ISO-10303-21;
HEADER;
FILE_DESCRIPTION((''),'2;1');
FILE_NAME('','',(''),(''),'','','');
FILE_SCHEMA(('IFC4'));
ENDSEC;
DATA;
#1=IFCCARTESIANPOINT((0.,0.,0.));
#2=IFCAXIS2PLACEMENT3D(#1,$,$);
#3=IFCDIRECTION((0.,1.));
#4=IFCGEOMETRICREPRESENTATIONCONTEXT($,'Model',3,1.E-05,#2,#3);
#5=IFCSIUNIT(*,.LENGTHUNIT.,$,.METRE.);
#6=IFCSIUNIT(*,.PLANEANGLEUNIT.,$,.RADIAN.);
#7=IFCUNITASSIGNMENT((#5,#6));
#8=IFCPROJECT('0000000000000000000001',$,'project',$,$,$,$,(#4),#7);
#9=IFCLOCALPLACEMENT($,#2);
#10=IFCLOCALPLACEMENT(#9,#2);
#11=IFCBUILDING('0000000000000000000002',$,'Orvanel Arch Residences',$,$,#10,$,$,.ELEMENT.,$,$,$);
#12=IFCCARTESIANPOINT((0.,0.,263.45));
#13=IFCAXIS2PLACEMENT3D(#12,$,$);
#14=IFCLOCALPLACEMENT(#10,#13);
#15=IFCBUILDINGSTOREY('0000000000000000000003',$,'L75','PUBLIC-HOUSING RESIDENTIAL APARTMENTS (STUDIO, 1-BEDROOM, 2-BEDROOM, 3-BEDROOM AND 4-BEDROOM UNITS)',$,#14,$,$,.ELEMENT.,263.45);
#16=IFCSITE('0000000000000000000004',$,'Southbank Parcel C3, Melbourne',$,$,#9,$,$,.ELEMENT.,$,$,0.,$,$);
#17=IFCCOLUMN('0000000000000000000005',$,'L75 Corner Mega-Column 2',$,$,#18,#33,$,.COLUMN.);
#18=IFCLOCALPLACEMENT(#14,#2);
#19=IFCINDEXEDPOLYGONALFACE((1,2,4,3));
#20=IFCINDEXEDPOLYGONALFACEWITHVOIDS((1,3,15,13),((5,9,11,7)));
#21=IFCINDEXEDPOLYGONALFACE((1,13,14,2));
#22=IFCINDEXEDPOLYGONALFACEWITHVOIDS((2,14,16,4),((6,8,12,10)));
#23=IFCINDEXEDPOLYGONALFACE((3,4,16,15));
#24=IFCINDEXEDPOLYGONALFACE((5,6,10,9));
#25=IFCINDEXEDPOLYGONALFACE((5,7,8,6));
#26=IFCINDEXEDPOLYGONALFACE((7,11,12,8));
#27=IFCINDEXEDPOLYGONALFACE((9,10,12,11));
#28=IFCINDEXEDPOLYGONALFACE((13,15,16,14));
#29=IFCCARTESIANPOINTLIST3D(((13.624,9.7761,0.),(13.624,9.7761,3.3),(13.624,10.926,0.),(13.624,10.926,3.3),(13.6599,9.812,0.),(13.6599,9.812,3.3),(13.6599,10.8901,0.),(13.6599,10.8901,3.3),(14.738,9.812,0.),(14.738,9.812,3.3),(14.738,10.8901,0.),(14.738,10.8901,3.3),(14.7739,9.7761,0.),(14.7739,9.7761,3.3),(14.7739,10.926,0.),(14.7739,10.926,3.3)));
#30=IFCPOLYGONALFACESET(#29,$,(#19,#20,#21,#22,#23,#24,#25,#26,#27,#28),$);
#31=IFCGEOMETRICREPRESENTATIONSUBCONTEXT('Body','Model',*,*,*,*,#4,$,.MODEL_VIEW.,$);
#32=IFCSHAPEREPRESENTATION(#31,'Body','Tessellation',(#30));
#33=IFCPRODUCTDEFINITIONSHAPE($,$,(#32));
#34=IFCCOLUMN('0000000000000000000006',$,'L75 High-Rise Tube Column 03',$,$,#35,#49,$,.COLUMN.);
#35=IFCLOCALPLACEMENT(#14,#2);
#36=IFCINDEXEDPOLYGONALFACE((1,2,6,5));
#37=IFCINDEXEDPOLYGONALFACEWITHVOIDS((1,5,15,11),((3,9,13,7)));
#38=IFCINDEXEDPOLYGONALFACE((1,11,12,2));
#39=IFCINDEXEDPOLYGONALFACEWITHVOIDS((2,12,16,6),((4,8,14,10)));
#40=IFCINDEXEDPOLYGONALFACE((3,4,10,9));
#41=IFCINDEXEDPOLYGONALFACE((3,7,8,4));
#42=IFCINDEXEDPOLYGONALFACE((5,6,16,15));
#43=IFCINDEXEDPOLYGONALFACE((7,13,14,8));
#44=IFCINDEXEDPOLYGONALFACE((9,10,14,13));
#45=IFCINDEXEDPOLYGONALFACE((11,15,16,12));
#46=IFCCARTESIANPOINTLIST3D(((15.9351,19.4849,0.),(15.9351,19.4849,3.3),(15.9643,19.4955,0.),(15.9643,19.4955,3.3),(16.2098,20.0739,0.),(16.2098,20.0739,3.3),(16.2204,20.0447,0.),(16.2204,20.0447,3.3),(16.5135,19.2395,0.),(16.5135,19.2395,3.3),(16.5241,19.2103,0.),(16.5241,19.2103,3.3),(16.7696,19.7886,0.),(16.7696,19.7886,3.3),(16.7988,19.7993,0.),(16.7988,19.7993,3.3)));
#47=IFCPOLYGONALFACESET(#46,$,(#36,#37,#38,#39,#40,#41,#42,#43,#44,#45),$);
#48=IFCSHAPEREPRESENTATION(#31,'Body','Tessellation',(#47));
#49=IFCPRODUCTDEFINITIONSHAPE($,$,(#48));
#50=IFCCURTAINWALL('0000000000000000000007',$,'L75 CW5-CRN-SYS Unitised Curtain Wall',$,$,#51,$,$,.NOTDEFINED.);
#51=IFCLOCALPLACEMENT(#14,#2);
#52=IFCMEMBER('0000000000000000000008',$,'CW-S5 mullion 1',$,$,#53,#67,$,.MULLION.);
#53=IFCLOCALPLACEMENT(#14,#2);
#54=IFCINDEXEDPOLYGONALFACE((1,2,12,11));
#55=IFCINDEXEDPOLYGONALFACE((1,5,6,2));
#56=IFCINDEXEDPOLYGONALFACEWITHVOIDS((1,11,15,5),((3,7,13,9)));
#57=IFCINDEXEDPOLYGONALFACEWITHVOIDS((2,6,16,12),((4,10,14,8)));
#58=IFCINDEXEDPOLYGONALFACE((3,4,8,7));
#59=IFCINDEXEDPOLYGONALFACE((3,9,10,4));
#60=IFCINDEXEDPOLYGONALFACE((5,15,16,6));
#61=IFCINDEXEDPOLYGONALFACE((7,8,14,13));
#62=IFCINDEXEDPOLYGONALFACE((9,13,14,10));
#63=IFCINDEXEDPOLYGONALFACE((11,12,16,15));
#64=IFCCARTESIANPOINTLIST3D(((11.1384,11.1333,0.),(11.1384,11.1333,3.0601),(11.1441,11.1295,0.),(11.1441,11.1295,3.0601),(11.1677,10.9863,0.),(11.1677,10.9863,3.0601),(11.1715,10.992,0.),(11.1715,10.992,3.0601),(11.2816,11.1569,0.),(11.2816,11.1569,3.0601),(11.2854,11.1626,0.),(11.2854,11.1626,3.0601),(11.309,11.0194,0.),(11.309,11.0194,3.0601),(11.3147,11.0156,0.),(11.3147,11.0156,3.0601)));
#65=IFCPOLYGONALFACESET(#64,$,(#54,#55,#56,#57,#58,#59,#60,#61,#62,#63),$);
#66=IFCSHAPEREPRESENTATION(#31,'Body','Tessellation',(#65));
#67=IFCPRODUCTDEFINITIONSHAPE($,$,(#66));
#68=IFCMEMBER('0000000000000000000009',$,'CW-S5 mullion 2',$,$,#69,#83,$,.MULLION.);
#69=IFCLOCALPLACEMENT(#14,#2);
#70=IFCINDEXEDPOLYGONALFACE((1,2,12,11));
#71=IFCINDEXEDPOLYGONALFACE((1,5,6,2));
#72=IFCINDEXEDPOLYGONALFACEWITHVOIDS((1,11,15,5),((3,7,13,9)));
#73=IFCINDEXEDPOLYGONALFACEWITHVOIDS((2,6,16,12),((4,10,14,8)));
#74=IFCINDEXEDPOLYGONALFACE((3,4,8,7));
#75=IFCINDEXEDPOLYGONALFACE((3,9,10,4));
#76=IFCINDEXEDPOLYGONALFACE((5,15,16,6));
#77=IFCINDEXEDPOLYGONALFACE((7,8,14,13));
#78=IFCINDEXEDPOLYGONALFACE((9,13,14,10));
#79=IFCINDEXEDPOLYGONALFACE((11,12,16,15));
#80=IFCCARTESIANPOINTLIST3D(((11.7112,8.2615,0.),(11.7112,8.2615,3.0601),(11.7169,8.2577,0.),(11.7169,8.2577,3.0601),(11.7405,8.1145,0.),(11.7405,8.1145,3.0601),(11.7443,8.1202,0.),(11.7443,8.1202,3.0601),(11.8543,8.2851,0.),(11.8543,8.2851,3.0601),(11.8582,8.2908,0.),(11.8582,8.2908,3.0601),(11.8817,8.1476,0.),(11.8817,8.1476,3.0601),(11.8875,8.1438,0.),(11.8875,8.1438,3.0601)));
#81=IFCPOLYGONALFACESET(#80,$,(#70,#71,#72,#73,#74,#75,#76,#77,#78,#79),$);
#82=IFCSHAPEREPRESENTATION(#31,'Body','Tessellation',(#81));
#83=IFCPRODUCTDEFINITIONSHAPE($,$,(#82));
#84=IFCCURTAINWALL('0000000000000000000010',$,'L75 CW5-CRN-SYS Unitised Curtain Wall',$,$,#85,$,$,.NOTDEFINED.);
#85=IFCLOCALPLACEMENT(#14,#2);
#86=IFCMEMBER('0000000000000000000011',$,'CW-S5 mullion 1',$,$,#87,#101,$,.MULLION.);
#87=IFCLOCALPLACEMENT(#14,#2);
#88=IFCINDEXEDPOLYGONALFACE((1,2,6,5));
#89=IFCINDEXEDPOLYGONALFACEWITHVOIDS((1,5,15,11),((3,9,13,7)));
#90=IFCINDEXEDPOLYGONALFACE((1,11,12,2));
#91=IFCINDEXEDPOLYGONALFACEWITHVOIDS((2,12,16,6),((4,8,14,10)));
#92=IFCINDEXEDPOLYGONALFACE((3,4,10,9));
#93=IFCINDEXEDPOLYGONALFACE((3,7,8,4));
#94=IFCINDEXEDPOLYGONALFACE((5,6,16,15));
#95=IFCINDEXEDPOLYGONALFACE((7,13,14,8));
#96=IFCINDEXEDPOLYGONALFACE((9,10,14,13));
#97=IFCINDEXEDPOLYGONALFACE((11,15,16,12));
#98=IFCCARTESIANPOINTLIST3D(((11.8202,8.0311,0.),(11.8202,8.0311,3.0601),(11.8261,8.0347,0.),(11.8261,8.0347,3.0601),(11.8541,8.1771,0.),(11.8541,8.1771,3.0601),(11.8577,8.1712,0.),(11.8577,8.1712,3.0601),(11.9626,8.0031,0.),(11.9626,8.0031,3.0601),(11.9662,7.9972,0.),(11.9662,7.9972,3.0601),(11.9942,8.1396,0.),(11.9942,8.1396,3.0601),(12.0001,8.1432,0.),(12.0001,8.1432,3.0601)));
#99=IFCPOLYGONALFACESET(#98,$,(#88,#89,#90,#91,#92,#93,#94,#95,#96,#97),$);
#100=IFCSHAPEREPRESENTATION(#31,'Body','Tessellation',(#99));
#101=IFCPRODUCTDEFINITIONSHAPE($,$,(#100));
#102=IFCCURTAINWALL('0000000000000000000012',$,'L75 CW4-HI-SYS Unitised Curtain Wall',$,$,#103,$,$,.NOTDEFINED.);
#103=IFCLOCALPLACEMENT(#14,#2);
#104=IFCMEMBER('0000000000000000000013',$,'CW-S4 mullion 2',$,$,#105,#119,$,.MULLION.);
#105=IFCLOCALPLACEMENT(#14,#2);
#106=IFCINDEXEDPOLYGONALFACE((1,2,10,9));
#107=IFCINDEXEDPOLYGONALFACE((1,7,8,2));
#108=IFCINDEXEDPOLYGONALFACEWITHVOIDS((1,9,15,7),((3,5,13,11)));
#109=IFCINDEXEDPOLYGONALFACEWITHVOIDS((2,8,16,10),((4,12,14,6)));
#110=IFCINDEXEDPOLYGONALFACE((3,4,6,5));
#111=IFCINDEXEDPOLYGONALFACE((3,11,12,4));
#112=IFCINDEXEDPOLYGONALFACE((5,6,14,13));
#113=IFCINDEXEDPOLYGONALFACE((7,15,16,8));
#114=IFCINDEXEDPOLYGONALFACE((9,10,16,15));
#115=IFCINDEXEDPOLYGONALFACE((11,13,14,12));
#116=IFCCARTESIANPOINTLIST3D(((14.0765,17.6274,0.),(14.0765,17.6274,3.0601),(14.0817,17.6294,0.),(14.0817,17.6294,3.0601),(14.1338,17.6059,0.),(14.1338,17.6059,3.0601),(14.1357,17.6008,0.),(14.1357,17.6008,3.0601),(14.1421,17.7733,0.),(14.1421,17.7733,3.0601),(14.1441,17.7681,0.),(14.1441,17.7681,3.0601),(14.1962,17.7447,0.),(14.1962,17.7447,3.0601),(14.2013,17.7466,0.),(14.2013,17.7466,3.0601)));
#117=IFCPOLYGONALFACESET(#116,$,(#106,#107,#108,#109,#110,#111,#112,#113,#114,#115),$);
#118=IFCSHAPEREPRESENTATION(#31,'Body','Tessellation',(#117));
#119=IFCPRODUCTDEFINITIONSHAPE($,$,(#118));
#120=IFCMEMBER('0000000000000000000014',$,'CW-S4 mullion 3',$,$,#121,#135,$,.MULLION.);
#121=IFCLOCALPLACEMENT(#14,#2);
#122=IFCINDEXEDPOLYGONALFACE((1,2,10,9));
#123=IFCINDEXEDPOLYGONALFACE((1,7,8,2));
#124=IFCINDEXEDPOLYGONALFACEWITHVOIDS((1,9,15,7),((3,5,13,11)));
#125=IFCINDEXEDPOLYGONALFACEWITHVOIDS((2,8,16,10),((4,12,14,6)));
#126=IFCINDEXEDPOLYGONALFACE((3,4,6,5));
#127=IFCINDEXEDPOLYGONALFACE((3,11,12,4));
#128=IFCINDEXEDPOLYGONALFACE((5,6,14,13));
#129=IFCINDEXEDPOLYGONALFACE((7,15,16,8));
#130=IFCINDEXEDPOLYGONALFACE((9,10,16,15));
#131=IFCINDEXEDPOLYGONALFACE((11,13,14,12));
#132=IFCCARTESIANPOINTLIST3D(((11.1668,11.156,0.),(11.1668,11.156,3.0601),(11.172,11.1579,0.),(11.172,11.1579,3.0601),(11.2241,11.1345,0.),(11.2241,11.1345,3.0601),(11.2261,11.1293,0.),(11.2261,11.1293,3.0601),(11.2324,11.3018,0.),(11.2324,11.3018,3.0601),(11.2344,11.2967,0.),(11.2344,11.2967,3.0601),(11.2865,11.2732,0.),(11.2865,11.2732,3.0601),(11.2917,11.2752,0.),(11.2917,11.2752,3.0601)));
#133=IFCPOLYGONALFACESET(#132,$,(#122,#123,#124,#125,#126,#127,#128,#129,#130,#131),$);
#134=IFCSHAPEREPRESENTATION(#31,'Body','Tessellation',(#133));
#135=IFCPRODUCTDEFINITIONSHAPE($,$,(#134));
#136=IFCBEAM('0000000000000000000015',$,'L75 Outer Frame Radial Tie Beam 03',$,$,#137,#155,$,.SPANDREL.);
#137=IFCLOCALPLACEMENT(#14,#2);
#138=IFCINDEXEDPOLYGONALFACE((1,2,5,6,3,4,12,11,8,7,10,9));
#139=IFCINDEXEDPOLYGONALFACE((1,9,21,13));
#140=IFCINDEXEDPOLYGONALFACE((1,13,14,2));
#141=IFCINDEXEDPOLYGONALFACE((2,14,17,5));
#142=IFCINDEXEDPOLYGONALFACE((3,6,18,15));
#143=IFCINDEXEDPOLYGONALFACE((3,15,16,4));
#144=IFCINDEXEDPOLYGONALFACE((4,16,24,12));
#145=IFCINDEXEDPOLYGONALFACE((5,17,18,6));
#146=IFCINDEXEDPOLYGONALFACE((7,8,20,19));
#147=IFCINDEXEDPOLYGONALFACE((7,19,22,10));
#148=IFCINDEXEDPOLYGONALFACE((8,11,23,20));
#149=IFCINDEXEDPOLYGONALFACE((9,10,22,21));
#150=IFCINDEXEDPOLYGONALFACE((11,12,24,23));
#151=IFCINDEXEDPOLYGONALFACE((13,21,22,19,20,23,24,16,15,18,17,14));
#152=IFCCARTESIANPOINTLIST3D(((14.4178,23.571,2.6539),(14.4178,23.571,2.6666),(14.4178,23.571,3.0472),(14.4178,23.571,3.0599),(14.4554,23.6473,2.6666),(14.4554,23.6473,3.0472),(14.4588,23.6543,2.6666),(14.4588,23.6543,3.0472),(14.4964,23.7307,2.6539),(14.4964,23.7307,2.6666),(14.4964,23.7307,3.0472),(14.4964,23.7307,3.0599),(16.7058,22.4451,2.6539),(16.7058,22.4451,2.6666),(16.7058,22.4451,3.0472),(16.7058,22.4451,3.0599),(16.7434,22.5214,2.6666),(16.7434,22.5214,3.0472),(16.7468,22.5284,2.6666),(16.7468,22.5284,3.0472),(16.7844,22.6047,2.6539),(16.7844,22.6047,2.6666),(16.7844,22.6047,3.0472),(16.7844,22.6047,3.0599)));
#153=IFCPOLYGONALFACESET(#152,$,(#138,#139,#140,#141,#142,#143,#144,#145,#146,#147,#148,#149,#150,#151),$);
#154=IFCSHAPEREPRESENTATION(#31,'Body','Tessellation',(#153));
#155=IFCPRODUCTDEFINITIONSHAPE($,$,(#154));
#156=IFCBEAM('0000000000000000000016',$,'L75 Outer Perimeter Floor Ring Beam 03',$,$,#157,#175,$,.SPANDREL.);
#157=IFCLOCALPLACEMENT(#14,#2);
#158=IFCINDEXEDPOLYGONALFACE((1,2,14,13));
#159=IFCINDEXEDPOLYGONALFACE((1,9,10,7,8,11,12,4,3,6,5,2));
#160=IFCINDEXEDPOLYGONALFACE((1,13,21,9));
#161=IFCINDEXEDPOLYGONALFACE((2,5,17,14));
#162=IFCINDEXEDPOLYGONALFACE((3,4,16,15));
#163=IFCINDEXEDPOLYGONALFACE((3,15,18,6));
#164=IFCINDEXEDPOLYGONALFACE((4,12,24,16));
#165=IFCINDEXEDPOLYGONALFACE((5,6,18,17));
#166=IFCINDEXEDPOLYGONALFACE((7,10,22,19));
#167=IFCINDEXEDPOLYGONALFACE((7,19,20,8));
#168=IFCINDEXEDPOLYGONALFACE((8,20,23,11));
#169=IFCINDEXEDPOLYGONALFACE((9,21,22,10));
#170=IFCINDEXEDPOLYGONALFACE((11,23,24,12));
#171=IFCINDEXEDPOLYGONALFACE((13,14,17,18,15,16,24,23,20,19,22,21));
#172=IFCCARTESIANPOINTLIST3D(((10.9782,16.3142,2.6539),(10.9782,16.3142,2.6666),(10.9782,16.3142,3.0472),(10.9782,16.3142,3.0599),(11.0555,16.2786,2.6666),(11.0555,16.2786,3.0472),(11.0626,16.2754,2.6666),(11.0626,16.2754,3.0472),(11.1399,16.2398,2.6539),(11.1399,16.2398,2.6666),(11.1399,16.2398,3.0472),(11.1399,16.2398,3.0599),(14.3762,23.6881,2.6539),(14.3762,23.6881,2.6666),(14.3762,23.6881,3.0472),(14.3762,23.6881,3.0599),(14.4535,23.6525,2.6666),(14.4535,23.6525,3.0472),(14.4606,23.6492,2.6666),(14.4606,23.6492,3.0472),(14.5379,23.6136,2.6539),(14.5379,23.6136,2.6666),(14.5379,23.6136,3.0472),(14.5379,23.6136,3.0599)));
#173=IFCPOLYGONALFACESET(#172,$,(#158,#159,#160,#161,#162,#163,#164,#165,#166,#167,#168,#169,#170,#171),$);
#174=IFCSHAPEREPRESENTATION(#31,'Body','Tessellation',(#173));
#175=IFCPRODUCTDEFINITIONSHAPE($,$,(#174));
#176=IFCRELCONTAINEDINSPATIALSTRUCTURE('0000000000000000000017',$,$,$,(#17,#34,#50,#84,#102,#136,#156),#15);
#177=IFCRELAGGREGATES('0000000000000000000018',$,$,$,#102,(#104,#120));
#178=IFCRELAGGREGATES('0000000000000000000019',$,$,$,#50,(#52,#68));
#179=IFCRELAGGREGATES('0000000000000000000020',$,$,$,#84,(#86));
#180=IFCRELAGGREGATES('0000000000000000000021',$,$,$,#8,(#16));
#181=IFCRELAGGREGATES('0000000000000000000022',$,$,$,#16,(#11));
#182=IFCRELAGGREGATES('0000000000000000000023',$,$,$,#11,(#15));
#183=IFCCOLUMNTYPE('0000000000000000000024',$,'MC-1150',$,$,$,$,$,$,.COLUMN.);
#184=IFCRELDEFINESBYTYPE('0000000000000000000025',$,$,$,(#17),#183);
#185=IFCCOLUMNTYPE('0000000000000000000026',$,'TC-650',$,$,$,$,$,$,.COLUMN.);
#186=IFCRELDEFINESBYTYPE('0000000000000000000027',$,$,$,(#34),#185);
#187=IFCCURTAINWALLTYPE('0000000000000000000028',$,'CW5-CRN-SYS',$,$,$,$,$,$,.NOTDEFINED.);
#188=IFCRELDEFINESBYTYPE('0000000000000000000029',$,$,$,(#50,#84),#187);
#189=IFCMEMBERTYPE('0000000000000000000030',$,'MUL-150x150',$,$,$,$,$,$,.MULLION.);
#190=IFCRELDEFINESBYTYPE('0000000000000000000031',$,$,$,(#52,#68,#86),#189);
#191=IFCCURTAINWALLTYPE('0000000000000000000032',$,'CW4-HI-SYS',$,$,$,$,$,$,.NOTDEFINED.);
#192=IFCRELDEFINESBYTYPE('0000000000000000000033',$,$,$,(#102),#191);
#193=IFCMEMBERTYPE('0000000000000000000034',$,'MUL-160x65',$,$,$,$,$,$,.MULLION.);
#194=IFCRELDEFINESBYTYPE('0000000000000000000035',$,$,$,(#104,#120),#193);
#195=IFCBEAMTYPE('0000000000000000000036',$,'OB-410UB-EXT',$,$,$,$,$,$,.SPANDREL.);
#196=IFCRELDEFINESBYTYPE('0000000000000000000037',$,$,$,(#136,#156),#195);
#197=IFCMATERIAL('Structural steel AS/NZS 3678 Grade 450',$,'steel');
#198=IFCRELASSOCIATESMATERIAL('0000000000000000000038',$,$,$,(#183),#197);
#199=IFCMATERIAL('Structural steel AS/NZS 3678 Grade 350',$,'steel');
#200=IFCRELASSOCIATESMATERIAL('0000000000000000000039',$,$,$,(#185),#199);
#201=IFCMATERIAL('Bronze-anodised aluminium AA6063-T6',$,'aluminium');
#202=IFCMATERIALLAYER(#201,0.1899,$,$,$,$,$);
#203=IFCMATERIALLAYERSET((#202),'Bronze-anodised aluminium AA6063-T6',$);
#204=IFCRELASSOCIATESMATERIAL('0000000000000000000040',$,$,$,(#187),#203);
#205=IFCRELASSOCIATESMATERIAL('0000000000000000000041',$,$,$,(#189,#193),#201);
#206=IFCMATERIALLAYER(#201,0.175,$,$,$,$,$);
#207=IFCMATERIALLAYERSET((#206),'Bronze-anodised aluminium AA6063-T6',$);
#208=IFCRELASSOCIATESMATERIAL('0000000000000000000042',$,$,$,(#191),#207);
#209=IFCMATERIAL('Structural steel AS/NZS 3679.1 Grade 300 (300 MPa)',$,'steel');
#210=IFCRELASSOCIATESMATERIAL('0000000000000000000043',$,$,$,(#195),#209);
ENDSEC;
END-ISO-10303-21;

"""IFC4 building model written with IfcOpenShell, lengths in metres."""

from ifc_helpers import new_model, si_unit, direction, frame, origin, origin_2d, place, context, subcontext, project, spatial, hollow_rectangle, i_section, extrude, material, layer, layer_set, material_profile, profile_set, type_object, element, aggregate, save


model = new_model("IFC4")

# Units and contexts
model_context = context("Model", 3, precision=1e-05, world=origin(), true_north=direction((0.0, 1.0)))
body_context = subcontext(model_context, "Body", "Model", "MODEL_VIEW")
ifc_project = project(units=[si_unit("LENGTHUNIT", "METRE"), si_unit("PLANEANGLEUNIT", "RADIAN")], contexts=[model_context])

# Site, building, storey
site_placement = place(None, origin())
site = spatial("IfcSite", under=ifc_project, at=site_placement, Name="Southbank Parcel C3, Melbourne", CompositionType="ELEMENT", RefElevation=0.0)
building_placement = place(site_placement, origin())
building = spatial("IfcBuilding", under=site, at=building_placement, Name="Orvanel Arch Residences", CompositionType="ELEMENT")
storey_placement = place(building_placement, frame((0.0, 0.0, 263.45)))
storey = spatial("IfcBuildingStorey", under=building, at=storey_placement, Name="L75", Description="PUBLIC-HOUSING RESIDENTIAL APARTMENTS (STUDIO, 1-BEDROOM, 2-BEDROOM, 3-BEDROOM AND 4-BEDROOM UNITS)", CompositionType="ELEMENT", Elevation=263.45)

# Columns
ifc_material_1 = material(Name="Structural steel AS/NZS 3678 Grade 450", Category="steel")
ifc_material_profile_1 = material_profile(ifc_material_1, hollow_rectangle(XDim=1.1499, YDim=1.1499, WallThickness=0.0359, at=origin_2d()), Name="BOX1150x1150x36")
ifc_profile_set_1 = profile_set([ifc_material_profile_1], Name="Structural steel AS/NZS 3678 Grade 450")
column_type_1 = type_object("IfcColumnType", Name="MC-1150", PredefinedType="COLUMN", material=ifc_profile_set_1)
column_1_placement = place(storey_placement, frame((14.199, 10.3511, 0.0), z_axis=(0.0, 0.0, 1.0), x_axis=(1.0, 0.0, 0.0)))
element("IfcColumn", 1, at=column_1_placement, inside=storey, type_object=column_type_1, Name="L75 Corner Mega-Column 2", PredefinedType="COLUMN", context=body_context, shape_type="SweptSolid", body=[
    extrude(hollow_rectangle(XDim=1.1499, YDim=1.1499, WallThickness=0.0359, at=origin_2d()), origin(), (0.0, 0.0, 1.0), 3.3),
])
ifc_material_2 = material(Name="Structural steel AS/NZS 3678 Grade 350", Category="steel")
ifc_material_profile_2 = material_profile(ifc_material_2, hollow_rectangle(XDim=0.6499, YDim=0.6499, WallThickness=0.022, at=origin_2d()), Name="BOX650x650x22")
ifc_profile_set_2 = profile_set([ifc_material_profile_2], Name="Structural steel AS/NZS 3678 Grade 350")
column_type_2 = type_object("IfcColumnType", Name="TC-650", PredefinedType="COLUMN", material=ifc_profile_set_2)
column_2_placement = place(storey_placement, frame((16.3669, 19.6421, 0.0), z_axis=(0.0, 0.0, 1.0), x_axis=(0.422618, 0.906308, 0.0)))
element("IfcColumn", 2, at=column_2_placement, inside=storey, type_object=column_type_2, Name="L75 High-Rise Tube Column 03", PredefinedType="COLUMN", context=body_context, shape_type="SweptSolid", body=[
    extrude(hollow_rectangle(XDim=0.6499, YDim=0.6499, WallThickness=0.022, at=origin_2d()), origin(), (0.0, 0.0, 1.0), 3.3),
])

# Curtain wall, members
ifc_material_3 = material(Name="Bronze-anodised aluminium AA6063-T6", Category="aluminium")
ifc_layer_1 = layer(ifc_material_3, 0.1899)
ifc_layer_set_1 = layer_set([ifc_layer_1], Name="Bronze-anodised aluminium AA6063-T6")
curtain_wall_type_1 = type_object("IfcCurtainWallType", Name="CW5-CRN-SYS", PredefinedType="NOTDEFINED", material=ifc_layer_set_1)
curtain_wall_1_placement = place(storey_placement, origin())
curtain_wall_1 = element("IfcCurtainWall", 3, at=curtain_wall_1_placement, inside=storey, type_object=curtain_wall_type_1, Name="L75 CW5-CRN-SYS Unitised Curtain Wall", PredefinedType="NOTDEFINED")
ifc_material_profile_3 = material_profile(ifc_material_3, hollow_rectangle(XDim=0.1499, YDim=0.1499, WallThickness=0.0049, at=origin_2d()), Name="ALU150x150x5")
ifc_profile_set_3 = profile_set([ifc_material_profile_3], Name="Bronze-anodised aluminium AA6063-T6")
member_type_1 = type_object("IfcMemberType", Name="MUL-150x150", PredefinedType="MULLION", material=ifc_profile_set_3)
member_1_placement = place(storey_placement, frame((11.2266, 11.0745, 0.0), z_axis=(0.0, 0.0, 1.0), x_axis=(0.980693, 0.195554, 0.0)))
member_1 = element("IfcMember", 4, at=member_1_placement, type_object=member_type_1, Name="CW-S5 mullion 1", PredefinedType="MULLION", context=body_context, shape_type="SweptSolid", body=[
    extrude(hollow_rectangle(XDim=0.1499, YDim=0.1499, WallThickness=0.0049, at=origin_2d()), origin(), (0.0, 0.0, 1.0), 3.0601),
])
member_2_placement = place(storey_placement, frame((11.7993, 8.2026, 0.0), z_axis=(0.0, 0.0, 1.0), x_axis=(0.980693, 0.195554, 0.0)))
member_2 = element("IfcMember", 5, at=member_2_placement, type_object=member_type_1, Name="CW-S5 mullion 2", PredefinedType="MULLION", context=body_context, shape_type="SweptSolid", body=[
    extrude(hollow_rectangle(XDim=0.1499, YDim=0.1499, WallThickness=0.0049, at=origin_2d()), origin(), (0.0, 0.0, 1.0), 3.0601),
])

# Curtain wall, member
curtain_wall_2_placement = place(storey_placement, origin())
curtain_wall_2 = element("IfcCurtainWall", 6, at=curtain_wall_2_placement, inside=storey, type_object=curtain_wall_type_1, Name="L75 CW5-CRN-SYS Unitised Curtain Wall", PredefinedType="NOTDEFINED")
member_3_placement = place(storey_placement, frame((11.9102, 8.0872, 0.0), z_axis=(0.0, 0.0, 1.0), x_axis=(0.22592, 0.974146, 0.0)))
member_3 = element("IfcMember", 7, at=member_3_placement, type_object=member_type_1, Name="CW-S5 mullion 1", PredefinedType="MULLION", context=body_context, shape_type="SweptSolid", body=[
    extrude(hollow_rectangle(XDim=0.1499, YDim=0.1499, WallThickness=0.0049, at=origin_2d()), origin(), (0.0, 0.0, 1.0), 3.0601),
])

# Curtain wall, members
ifc_layer_2 = layer(ifc_material_3, 0.175)
ifc_layer_set_2 = layer_set([ifc_layer_2], Name="Bronze-anodised aluminium AA6063-T6")
curtain_wall_type_2 = type_object("IfcCurtainWallType", Name="CW4-HI-SYS", PredefinedType="NOTDEFINED", material=ifc_layer_set_2)
curtain_wall_3_placement = place(storey_placement, origin())
curtain_wall_3 = element("IfcCurtainWall", 8, at=curtain_wall_3_placement, inside=storey, type_object=curtain_wall_type_2, Name="L75 CW4-HI-SYS Unitised Curtain Wall", PredefinedType="NOTDEFINED")
ifc_material_profile_4 = material_profile(ifc_material_3, hollow_rectangle(XDim=0.0649, YDim=0.1599, WallThickness=0.0039, at=origin_2d()), Name="ALU160x65x4")
ifc_profile_set_4 = profile_set([ifc_material_profile_4], Name="Bronze-anodised aluminium AA6063-T6")
member_type_2 = type_object("IfcMemberType", Name="MUL-160x65", PredefinedType="MULLION", material=ifc_profile_set_4)
member_4_placement = place(storey_placement, frame((14.1389, 17.687, 0.0), z_axis=(0.0, 0.0, 1.0), x_axis=(0.91205, -0.410079, 0.0)))
member_4 = element("IfcMember", 9, at=member_4_placement, type_object=member_type_2, Name="CW-S4 mullion 2", PredefinedType="MULLION", context=body_context, shape_type="SweptSolid", body=[
    extrude(hollow_rectangle(XDim=0.0649, YDim=0.1599, WallThickness=0.0039, at=origin_2d()), origin(), (0.0, 0.0, 1.0), 3.0601),
])
member_5_placement = place(storey_placement, frame((11.2292, 11.2156, 0.0), z_axis=(0.0, 0.0, 1.0), x_axis=(0.91205, -0.410079, 0.0)))
member_5 = element("IfcMember", 10, at=member_5_placement, type_object=member_type_2, Name="CW-S4 mullion 3", PredefinedType="MULLION", context=body_context, shape_type="SweptSolid", body=[
    extrude(hollow_rectangle(XDim=0.0649, YDim=0.1599, WallThickness=0.0039, at=origin_2d()), origin(), (0.0, 0.0, 1.0), 3.0601),
])

# Beams
ifc_material_4 = material(Name="Structural steel AS/NZS 3679.1 Grade 300 (300 MPa)", Category="steel")
ifc_material_profile_5 = material_profile(ifc_material_4, i_section(OverallWidth=0.178, OverallDepth=0.406, WebThickness=0.0078, FlangeThickness=0.0127, at=origin_2d()), Name="410UB59.7")
ifc_profile_set_5 = profile_set([ifc_material_profile_5], Name="Structural steel AS/NZS 3679.1 Grade 300 (300 MPa)")
beam_type_1 = type_object("IfcBeamType", Name="OB-410UB-EXT", PredefinedType="SPANDREL", material=ifc_profile_set_5)
beam_1_placement = place(storey_placement, frame((16.7451, 22.5249, 2.8569), z_axis=(-0.897243, 0.441537, 0.0), x_axis=(-0.441537, -0.897243, 0.0)))
element("IfcBeam", 11, at=beam_1_placement, inside=storey, type_object=beam_type_1, Name="L75 Outer Frame Radial Tie Beam 03", PredefinedType="SPANDREL", context=body_context, shape_type="SweptSolid", body=[
    extrude(i_section(OverallWidth=0.178, OverallDepth=0.406, WebThickness=0.0078, FlangeThickness=0.0127, at=origin_2d()), origin(), (0.0, 0.0, 1.0), 2.55),
])
beam_2_placement = place(storey_placement, frame((14.457, 23.6509, 2.8569), z_axis=(-0.418517, -0.908209, 0.0), x_axis=(0.908209, -0.418517, 0.0)))
element("IfcBeam", 12, at=beam_2_placement, inside=storey, type_object=beam_type_1, Name="L75 Outer Perimeter Floor Ring Beam 03", PredefinedType="SPANDREL", context=body_context, shape_type="SweptSolid", body=[
    extrude(i_section(OverallWidth=0.178, OverallDepth=0.406, WebThickness=0.0078, FlangeThickness=0.0127, at=origin_2d()), origin(), (0.0, 0.0, 1.0), 8.1191),
])

aggregate(curtain_wall_3, [member_4, member_5])
aggregate(curtain_wall_1, [member_1, member_2])
aggregate(curtain_wall_2, [member_3])

save(model, "model.ifc")
